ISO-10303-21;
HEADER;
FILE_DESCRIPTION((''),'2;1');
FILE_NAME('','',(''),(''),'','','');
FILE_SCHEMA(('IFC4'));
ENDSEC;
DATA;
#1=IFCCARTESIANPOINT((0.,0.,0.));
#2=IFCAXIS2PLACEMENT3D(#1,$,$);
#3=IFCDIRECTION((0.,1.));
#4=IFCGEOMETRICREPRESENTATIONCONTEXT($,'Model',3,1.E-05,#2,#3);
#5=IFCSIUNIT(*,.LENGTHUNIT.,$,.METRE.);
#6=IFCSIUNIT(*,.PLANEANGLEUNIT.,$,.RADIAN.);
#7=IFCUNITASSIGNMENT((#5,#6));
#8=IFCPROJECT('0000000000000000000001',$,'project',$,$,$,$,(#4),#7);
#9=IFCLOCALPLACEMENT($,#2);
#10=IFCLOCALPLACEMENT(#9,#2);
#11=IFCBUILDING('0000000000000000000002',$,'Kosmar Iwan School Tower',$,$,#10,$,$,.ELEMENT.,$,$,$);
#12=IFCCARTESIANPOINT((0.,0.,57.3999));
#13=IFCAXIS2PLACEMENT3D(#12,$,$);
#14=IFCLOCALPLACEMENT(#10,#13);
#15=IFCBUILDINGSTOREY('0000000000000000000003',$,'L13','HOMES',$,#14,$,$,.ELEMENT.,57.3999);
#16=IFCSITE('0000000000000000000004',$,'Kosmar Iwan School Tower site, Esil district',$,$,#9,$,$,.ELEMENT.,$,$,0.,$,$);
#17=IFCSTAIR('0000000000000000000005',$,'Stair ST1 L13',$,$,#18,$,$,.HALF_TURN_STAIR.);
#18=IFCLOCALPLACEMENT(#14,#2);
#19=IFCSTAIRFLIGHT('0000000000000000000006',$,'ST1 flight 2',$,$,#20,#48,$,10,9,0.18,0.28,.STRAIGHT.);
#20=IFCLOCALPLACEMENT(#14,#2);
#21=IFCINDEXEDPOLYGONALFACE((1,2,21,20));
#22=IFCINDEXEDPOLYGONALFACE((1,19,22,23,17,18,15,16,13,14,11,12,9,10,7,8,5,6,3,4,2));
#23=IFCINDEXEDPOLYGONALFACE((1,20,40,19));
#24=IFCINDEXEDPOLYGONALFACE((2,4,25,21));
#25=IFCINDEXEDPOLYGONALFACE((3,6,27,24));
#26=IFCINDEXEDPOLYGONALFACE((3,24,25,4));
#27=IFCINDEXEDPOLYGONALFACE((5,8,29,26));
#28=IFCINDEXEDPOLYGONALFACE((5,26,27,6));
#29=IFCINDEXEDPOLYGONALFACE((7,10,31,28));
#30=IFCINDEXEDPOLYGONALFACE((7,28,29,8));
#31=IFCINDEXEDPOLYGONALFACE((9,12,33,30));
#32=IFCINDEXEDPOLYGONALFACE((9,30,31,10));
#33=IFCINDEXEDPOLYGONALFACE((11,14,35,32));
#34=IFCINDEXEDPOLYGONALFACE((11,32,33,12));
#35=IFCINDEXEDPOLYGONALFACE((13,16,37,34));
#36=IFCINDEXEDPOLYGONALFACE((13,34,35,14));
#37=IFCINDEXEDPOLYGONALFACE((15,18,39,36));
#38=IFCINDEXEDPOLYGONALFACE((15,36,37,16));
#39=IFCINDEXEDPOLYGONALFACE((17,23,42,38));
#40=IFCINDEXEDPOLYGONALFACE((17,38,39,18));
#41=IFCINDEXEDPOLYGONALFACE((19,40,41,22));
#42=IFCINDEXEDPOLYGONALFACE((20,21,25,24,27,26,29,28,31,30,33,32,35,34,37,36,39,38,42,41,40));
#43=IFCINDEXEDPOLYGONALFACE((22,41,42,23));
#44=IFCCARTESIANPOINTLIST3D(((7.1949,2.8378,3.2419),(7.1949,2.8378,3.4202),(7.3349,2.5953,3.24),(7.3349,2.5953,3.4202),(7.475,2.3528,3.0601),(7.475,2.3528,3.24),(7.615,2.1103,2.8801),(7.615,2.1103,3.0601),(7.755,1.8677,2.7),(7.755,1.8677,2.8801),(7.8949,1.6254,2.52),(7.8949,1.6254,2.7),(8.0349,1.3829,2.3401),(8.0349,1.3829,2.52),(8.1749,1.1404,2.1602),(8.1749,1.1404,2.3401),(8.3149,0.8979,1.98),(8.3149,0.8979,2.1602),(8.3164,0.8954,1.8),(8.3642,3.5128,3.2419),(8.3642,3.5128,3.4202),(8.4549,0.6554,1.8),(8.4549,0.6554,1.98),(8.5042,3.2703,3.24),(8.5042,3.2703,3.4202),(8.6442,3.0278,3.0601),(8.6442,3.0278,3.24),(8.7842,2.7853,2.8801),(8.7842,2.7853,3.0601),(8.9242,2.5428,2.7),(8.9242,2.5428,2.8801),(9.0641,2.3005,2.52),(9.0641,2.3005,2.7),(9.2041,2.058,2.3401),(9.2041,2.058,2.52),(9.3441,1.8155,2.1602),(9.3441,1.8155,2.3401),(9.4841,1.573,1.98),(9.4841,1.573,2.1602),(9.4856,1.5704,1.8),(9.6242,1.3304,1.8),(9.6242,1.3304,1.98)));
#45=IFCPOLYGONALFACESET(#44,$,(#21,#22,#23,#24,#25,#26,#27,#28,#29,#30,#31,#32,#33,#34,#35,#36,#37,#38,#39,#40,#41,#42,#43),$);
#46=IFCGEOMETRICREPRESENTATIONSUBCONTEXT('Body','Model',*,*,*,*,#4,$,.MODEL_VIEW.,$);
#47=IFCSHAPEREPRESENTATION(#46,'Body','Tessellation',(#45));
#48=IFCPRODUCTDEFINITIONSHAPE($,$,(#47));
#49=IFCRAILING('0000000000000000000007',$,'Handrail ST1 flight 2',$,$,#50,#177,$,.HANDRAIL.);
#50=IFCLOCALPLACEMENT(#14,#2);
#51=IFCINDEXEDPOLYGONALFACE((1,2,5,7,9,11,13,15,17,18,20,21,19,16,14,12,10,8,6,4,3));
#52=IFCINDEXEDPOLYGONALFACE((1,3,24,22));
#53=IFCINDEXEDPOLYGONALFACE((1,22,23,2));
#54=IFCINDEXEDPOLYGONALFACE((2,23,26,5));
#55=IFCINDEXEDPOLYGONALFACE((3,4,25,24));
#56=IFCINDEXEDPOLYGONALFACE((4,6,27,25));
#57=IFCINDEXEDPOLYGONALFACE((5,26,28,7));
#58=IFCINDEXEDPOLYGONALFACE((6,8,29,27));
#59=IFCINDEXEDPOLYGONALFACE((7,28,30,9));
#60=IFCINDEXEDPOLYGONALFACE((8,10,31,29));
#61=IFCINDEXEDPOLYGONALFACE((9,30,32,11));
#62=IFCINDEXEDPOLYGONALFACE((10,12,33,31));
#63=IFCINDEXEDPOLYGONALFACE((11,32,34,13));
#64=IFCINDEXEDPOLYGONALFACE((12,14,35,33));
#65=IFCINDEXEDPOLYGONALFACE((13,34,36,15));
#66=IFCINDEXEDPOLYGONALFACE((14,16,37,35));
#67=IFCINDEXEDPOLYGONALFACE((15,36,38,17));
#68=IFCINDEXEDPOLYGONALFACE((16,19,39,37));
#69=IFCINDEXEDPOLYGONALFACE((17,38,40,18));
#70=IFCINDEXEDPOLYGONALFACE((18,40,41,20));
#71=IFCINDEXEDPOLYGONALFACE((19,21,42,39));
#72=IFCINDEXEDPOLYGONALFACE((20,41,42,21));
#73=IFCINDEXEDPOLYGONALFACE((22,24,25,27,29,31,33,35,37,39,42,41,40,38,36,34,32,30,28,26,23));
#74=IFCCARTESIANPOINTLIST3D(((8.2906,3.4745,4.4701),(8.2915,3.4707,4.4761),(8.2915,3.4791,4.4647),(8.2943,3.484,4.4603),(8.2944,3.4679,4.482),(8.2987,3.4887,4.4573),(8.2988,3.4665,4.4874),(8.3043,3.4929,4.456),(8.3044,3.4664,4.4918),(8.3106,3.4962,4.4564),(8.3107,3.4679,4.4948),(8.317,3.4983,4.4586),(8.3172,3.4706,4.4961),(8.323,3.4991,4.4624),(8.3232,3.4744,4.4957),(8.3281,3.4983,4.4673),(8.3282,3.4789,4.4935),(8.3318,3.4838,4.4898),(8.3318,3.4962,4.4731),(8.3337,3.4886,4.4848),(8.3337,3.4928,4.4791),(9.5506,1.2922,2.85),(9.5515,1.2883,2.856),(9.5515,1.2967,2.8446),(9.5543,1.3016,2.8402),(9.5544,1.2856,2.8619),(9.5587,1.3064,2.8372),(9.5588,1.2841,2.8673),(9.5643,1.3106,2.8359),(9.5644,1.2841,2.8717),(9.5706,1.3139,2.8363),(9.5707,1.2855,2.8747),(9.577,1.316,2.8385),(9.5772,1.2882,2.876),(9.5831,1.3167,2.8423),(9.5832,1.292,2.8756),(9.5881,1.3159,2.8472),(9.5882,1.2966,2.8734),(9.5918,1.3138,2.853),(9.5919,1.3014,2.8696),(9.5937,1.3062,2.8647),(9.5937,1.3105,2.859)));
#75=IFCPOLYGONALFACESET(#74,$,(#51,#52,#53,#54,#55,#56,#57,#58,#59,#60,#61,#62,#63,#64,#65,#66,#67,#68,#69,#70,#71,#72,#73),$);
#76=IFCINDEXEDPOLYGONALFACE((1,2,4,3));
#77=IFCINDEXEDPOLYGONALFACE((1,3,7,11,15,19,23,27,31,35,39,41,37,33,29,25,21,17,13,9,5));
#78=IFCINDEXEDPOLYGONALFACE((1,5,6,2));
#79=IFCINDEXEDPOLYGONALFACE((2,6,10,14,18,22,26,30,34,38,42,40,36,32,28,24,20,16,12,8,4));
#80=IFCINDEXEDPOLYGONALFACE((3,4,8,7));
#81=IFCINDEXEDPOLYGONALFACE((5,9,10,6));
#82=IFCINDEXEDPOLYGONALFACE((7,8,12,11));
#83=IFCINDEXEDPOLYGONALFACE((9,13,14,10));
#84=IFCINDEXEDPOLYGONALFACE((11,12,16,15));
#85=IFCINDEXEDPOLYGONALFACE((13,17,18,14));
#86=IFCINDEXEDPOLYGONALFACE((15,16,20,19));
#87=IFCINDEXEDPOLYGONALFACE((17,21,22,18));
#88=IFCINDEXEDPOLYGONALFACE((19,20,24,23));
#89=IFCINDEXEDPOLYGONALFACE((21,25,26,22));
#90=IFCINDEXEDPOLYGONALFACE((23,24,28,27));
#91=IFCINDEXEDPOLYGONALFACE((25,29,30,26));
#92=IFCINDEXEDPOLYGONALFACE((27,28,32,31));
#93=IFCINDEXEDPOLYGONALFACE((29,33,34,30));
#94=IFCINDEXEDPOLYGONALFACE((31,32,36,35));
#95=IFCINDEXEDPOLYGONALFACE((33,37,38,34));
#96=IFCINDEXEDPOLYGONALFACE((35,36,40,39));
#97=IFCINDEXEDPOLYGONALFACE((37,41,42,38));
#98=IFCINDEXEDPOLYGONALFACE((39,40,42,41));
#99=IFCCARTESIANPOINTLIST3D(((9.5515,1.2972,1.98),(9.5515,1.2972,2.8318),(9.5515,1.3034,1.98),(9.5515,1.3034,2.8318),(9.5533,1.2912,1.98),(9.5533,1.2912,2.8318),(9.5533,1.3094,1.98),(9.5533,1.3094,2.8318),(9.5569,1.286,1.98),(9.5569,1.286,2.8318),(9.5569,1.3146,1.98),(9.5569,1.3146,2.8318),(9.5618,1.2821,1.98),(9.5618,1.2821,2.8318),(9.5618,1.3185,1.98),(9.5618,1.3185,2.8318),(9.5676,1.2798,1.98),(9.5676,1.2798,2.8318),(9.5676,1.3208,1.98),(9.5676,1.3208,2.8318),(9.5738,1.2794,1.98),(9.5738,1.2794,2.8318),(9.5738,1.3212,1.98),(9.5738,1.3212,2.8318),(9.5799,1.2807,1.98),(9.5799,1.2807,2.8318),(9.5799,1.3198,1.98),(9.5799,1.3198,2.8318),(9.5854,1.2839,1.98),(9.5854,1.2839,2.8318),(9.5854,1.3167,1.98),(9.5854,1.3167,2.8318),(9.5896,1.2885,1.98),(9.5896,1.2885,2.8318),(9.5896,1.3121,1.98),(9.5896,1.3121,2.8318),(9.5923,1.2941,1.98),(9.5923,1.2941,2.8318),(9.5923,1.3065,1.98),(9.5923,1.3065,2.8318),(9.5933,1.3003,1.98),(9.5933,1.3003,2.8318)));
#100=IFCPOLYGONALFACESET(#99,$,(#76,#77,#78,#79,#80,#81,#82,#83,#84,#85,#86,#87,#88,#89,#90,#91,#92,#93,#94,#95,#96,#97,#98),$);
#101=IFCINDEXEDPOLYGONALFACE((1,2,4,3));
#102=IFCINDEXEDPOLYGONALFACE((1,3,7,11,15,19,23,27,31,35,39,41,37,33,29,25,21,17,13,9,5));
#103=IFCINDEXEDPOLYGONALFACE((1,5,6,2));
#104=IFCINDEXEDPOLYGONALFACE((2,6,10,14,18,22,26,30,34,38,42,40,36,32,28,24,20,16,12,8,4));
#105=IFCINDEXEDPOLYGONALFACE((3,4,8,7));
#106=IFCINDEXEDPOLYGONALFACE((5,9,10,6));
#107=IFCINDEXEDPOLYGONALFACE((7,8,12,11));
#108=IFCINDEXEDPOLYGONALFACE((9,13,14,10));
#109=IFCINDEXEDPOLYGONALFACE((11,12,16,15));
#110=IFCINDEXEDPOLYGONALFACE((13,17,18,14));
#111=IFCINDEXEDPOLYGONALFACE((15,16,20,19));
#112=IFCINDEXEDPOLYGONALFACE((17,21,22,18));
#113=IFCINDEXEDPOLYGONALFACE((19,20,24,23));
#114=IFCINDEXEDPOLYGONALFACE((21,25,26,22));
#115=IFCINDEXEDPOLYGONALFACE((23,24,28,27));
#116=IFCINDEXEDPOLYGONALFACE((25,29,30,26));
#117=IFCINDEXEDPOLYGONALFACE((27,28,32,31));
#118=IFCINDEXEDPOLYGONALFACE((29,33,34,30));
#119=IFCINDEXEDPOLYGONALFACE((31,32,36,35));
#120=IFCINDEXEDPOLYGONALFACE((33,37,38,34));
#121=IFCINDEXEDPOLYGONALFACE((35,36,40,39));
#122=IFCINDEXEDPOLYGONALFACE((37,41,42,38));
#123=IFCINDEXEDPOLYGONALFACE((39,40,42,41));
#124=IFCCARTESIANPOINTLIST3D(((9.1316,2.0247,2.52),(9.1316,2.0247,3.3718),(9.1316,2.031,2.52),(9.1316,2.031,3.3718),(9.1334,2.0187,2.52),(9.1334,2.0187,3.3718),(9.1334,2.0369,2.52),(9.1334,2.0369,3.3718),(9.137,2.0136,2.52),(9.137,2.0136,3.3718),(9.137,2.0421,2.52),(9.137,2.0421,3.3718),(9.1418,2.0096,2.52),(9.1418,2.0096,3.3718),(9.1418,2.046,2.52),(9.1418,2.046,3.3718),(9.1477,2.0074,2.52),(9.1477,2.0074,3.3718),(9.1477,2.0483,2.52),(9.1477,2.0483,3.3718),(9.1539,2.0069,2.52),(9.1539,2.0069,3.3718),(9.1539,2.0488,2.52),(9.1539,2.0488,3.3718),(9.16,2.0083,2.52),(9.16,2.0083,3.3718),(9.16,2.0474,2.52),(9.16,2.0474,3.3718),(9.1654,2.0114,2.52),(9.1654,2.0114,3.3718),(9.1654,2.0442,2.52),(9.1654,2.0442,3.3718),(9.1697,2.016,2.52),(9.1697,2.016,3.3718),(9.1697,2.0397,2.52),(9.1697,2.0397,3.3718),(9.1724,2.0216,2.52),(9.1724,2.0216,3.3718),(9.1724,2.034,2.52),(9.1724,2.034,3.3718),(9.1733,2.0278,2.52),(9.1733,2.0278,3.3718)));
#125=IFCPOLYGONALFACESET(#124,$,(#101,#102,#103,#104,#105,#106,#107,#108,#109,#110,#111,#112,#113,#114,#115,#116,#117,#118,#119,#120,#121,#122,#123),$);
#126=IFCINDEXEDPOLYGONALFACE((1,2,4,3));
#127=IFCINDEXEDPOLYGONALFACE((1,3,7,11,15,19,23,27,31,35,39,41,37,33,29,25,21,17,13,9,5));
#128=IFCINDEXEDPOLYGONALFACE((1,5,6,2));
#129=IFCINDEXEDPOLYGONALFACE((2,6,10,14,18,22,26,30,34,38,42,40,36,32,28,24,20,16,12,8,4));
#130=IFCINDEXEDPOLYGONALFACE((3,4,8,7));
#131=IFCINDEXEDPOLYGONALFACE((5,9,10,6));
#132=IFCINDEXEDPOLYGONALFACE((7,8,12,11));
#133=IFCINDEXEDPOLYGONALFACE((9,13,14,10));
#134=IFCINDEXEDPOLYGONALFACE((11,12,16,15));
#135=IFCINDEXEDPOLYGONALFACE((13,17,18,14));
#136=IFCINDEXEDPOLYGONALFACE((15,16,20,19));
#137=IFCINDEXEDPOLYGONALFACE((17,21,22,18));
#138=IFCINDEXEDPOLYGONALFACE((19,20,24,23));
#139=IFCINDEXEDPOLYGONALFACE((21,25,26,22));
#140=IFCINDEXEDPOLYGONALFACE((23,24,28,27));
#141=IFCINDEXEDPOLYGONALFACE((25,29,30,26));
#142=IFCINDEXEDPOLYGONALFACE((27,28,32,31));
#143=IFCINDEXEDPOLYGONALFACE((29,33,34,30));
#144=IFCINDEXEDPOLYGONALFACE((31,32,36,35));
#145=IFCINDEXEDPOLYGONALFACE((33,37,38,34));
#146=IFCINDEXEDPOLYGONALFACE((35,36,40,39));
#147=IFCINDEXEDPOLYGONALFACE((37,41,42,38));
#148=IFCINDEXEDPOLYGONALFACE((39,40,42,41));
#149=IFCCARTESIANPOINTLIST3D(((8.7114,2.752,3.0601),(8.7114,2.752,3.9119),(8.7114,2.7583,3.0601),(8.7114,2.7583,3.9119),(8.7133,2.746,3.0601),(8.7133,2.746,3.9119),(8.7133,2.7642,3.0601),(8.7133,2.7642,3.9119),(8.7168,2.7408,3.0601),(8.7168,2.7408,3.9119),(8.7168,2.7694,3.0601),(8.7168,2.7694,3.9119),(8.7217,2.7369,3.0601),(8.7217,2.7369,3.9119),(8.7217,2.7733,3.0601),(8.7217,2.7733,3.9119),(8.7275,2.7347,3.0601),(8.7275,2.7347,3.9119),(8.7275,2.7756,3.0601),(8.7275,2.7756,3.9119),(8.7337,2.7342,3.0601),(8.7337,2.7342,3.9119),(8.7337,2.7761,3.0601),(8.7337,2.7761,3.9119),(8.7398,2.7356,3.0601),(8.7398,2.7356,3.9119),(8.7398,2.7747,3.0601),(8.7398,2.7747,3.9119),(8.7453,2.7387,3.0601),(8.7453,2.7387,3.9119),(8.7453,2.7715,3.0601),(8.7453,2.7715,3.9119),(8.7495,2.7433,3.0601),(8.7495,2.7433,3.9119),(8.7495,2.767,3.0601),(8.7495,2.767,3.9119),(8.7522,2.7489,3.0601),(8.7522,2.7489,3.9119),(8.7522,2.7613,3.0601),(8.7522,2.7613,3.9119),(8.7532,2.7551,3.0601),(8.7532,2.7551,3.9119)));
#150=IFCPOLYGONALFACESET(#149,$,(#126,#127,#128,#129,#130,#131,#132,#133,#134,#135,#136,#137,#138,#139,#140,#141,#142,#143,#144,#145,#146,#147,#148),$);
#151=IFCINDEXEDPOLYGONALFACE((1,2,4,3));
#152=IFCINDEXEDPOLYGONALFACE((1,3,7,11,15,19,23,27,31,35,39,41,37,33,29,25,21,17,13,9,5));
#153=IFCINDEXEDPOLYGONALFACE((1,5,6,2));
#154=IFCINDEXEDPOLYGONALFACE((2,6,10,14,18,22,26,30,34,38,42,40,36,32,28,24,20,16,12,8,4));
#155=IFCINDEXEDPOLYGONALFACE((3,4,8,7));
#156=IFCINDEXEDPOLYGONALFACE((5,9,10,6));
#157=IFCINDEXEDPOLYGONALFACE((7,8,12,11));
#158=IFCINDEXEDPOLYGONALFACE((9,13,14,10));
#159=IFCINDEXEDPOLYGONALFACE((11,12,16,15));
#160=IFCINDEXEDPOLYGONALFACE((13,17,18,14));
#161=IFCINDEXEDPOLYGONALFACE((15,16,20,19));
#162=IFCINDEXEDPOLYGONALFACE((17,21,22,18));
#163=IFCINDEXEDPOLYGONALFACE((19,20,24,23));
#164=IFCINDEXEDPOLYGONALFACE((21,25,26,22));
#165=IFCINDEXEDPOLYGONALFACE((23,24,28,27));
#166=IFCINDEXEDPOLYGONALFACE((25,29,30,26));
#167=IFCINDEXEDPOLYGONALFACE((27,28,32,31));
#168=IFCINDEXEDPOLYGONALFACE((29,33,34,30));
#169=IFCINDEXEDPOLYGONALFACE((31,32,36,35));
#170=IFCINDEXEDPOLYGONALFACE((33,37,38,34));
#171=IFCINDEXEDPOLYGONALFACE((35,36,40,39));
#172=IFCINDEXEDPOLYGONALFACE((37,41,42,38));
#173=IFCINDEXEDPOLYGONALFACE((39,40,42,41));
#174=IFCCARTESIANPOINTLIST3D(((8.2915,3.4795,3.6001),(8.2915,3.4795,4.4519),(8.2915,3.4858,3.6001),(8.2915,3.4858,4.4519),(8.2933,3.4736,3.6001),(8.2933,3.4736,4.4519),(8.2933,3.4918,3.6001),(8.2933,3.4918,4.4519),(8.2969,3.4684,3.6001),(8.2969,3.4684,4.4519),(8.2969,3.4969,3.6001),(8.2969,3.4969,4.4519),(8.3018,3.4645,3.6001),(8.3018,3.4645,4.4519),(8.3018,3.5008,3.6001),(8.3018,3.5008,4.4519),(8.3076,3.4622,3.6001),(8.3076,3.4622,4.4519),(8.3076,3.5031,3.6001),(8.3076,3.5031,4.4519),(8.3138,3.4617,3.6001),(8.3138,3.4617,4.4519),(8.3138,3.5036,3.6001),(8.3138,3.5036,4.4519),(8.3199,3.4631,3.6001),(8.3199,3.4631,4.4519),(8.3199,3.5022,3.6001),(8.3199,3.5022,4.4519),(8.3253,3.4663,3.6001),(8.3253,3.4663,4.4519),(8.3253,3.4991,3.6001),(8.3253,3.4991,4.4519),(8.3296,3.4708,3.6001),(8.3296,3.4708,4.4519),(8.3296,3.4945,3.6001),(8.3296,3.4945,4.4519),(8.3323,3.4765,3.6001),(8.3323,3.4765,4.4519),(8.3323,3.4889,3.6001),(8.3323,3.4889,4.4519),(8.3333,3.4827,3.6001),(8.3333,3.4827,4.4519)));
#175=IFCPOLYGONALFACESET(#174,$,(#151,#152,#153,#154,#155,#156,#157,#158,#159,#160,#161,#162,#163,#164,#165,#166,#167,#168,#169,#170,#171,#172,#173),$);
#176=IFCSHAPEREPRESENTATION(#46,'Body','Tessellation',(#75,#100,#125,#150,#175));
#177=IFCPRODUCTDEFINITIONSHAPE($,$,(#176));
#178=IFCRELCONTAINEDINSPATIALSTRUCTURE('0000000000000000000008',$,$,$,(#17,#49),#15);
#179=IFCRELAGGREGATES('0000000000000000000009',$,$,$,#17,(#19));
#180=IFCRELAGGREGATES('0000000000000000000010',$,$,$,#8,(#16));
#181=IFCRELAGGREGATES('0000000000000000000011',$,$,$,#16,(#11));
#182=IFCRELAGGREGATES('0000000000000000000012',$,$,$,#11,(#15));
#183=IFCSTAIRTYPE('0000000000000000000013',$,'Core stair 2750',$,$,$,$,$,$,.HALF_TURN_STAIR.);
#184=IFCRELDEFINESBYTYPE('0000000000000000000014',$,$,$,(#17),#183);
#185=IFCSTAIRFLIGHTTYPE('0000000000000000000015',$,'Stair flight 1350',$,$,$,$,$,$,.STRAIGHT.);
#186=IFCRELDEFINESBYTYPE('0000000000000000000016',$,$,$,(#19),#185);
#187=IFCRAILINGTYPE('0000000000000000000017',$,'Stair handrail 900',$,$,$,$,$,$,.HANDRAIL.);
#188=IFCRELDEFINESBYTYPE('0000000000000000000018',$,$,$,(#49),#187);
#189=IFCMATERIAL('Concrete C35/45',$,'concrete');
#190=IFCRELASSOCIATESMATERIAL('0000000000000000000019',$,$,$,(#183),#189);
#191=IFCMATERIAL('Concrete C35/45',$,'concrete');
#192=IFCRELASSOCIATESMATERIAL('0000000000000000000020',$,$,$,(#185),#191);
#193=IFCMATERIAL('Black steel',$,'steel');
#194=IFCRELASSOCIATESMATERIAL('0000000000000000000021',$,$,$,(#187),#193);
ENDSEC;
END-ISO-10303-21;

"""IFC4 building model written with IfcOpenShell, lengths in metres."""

from ifc_helpers import new_model, si_unit, direction, frame, origin, origin_2d, place, context, subcontext, project, spatial, polyline, circle, outline, extrude, material, type_object, element, aggregate, save


model = new_model("IFC4")

# Units and contexts
model_context = context("Model", 3, precision=1e-05, world=origin(), true_north=direction((0.0, 1.0)))
body_context = subcontext(model_context, "Body", "Model", "MODEL_VIEW")
ifc_project = project(units=[si_unit("LENGTHUNIT", "METRE"), si_unit("PLANEANGLEUNIT", "RADIAN")], contexts=[model_context])

# Site, building, storey
site_placement = place(None, origin())
site = spatial("IfcSite", under=ifc_project, at=site_placement, Name="Kosmar Iwan School Tower site, Esil district", CompositionType="ELEMENT", RefElevation=0.0)
building_placement = place(site_placement, origin())
building = spatial("IfcBuilding", under=site, at=building_placement, Name="Kosmar Iwan School Tower", CompositionType="ELEMENT")
storey_placement = place(building_placement, frame((0.0, 0.0, 57.3999)))
storey = spatial("IfcBuildingStorey", under=building, at=storey_placement, Name="L13", Description="HOMES", CompositionType="ELEMENT", Elevation=57.3999)

# Stair, stair flight
ifc_material_1 = material(Name="Concrete C35/45", Category="concrete")
stair_type = type_object("IfcStairType", Name="Core stair 2750", PredefinedType="HALF_TURN_STAIR", material=ifc_material_1)
stair_placement = place(storey_placement, origin())
stair = element("IfcStair", 1, at=stair_placement, inside=storey, type_object=stair_type, Name="Stair ST1 L13", PredefinedType="HALF_TURN_STAIR")
ifc_material_2 = material(Name="Concrete C35/45", Category="concrete")
stair_flight_type = type_object("IfcStairFlightType", Name="Stair flight 1350", PredefinedType="STRAIGHT", material=ifc_material_2)
stair_flight_placement = place(storey_placement, frame((9.0396, 0.9929, 1.8), z_axis=(0.0, 0.0, 1.0), x_axis=(-0.5, 0.866025, 0.0)))
stair_flight = element("IfcStairFlight", 2, at=stair_flight_placement, type_object=stair_flight_type, Name="ST1 flight 2", NumberOfRisers=10, NumberOfTreads=9, PredefinedType="STRAIGHT", RiserHeight=0.18, TreadLength=0.28, context=body_context, shape_type="SweptSolid", body=[
    extrude(outline(polyline([(0.0, 0.0), (0.0, 0.1799), (0.28, 0.1799), (0.28, 0.3601), (0.5601, 0.3601), (0.5601, 0.54), (0.8401, 0.54), (0.8401, 0.72), (1.1201, 0.72), (1.1201, 0.8999), (1.3999, 0.8999), (1.3999, 1.0801), (1.6799, 1.0801), (1.6799, 1.26), (1.96, 1.26), (1.96, 1.4399), (2.24, 1.4399), (2.24, 1.6201), (2.52, 1.6201), (2.52, 1.8), (2.52, 1.4419), (0.2771, 0.0), (0.0, 0.0)])), frame((0.0, 0.675, 0.0), z_axis=(0.0, -1.0, 0.0), x_axis=(1.0, 0.0, 0.0)), (0.0, 0.0, 1.0), 1.3501),
])
aggregate(stair, [stair_flight])

# Railing
ifc_material_3 = material(Name="Black steel", Category="steel")
railing_type = type_object("IfcRailingType", Name="Stair handrail 900", PredefinedType="HANDRAIL", material=ifc_material_3)
railing_placement = place(storey_placement, frame((9.5723, 1.3003, 1.98)))
element("IfcRailing", 3, at=railing_placement, inside=storey, type_object=railing_type, Name="Handrail ST1 flight 2", PredefinedType="HANDRAIL", context=body_context, shape_type="SweptSolid", body=[
    extrude(circle(Radius=0.0239, at=origin_2d()), frame((0.0, 0.0, 0.876), z_axis=(-0.420584, 0.728464, 0.540786), x_axis=(-0.866023, -0.500005, 0.0)), (0.0, 0.0, 1.0), 2.9958),
    extrude(circle(Radius=0.021, at=origin_2d()), origin(), (0.0, 0.0, 1.0), 0.8518),
    extrude(circle(Radius=0.021, at=origin_2d()), frame((-0.4199, 0.7275, 0.54)), (0.0, 0.0, 1.0), 0.8518),
    extrude(circle(Radius=0.021, at=origin_2d()), frame((-0.8401, 1.4548, 1.0801)), (0.0, 0.0, 1.0), 0.8518),
    extrude(circle(Radius=0.021, at=origin_2d()), frame((-1.26, 2.1824, 1.6201)), (0.0, 0.0, 1.0), 0.8518),
])

save(model, "model.ifc")
